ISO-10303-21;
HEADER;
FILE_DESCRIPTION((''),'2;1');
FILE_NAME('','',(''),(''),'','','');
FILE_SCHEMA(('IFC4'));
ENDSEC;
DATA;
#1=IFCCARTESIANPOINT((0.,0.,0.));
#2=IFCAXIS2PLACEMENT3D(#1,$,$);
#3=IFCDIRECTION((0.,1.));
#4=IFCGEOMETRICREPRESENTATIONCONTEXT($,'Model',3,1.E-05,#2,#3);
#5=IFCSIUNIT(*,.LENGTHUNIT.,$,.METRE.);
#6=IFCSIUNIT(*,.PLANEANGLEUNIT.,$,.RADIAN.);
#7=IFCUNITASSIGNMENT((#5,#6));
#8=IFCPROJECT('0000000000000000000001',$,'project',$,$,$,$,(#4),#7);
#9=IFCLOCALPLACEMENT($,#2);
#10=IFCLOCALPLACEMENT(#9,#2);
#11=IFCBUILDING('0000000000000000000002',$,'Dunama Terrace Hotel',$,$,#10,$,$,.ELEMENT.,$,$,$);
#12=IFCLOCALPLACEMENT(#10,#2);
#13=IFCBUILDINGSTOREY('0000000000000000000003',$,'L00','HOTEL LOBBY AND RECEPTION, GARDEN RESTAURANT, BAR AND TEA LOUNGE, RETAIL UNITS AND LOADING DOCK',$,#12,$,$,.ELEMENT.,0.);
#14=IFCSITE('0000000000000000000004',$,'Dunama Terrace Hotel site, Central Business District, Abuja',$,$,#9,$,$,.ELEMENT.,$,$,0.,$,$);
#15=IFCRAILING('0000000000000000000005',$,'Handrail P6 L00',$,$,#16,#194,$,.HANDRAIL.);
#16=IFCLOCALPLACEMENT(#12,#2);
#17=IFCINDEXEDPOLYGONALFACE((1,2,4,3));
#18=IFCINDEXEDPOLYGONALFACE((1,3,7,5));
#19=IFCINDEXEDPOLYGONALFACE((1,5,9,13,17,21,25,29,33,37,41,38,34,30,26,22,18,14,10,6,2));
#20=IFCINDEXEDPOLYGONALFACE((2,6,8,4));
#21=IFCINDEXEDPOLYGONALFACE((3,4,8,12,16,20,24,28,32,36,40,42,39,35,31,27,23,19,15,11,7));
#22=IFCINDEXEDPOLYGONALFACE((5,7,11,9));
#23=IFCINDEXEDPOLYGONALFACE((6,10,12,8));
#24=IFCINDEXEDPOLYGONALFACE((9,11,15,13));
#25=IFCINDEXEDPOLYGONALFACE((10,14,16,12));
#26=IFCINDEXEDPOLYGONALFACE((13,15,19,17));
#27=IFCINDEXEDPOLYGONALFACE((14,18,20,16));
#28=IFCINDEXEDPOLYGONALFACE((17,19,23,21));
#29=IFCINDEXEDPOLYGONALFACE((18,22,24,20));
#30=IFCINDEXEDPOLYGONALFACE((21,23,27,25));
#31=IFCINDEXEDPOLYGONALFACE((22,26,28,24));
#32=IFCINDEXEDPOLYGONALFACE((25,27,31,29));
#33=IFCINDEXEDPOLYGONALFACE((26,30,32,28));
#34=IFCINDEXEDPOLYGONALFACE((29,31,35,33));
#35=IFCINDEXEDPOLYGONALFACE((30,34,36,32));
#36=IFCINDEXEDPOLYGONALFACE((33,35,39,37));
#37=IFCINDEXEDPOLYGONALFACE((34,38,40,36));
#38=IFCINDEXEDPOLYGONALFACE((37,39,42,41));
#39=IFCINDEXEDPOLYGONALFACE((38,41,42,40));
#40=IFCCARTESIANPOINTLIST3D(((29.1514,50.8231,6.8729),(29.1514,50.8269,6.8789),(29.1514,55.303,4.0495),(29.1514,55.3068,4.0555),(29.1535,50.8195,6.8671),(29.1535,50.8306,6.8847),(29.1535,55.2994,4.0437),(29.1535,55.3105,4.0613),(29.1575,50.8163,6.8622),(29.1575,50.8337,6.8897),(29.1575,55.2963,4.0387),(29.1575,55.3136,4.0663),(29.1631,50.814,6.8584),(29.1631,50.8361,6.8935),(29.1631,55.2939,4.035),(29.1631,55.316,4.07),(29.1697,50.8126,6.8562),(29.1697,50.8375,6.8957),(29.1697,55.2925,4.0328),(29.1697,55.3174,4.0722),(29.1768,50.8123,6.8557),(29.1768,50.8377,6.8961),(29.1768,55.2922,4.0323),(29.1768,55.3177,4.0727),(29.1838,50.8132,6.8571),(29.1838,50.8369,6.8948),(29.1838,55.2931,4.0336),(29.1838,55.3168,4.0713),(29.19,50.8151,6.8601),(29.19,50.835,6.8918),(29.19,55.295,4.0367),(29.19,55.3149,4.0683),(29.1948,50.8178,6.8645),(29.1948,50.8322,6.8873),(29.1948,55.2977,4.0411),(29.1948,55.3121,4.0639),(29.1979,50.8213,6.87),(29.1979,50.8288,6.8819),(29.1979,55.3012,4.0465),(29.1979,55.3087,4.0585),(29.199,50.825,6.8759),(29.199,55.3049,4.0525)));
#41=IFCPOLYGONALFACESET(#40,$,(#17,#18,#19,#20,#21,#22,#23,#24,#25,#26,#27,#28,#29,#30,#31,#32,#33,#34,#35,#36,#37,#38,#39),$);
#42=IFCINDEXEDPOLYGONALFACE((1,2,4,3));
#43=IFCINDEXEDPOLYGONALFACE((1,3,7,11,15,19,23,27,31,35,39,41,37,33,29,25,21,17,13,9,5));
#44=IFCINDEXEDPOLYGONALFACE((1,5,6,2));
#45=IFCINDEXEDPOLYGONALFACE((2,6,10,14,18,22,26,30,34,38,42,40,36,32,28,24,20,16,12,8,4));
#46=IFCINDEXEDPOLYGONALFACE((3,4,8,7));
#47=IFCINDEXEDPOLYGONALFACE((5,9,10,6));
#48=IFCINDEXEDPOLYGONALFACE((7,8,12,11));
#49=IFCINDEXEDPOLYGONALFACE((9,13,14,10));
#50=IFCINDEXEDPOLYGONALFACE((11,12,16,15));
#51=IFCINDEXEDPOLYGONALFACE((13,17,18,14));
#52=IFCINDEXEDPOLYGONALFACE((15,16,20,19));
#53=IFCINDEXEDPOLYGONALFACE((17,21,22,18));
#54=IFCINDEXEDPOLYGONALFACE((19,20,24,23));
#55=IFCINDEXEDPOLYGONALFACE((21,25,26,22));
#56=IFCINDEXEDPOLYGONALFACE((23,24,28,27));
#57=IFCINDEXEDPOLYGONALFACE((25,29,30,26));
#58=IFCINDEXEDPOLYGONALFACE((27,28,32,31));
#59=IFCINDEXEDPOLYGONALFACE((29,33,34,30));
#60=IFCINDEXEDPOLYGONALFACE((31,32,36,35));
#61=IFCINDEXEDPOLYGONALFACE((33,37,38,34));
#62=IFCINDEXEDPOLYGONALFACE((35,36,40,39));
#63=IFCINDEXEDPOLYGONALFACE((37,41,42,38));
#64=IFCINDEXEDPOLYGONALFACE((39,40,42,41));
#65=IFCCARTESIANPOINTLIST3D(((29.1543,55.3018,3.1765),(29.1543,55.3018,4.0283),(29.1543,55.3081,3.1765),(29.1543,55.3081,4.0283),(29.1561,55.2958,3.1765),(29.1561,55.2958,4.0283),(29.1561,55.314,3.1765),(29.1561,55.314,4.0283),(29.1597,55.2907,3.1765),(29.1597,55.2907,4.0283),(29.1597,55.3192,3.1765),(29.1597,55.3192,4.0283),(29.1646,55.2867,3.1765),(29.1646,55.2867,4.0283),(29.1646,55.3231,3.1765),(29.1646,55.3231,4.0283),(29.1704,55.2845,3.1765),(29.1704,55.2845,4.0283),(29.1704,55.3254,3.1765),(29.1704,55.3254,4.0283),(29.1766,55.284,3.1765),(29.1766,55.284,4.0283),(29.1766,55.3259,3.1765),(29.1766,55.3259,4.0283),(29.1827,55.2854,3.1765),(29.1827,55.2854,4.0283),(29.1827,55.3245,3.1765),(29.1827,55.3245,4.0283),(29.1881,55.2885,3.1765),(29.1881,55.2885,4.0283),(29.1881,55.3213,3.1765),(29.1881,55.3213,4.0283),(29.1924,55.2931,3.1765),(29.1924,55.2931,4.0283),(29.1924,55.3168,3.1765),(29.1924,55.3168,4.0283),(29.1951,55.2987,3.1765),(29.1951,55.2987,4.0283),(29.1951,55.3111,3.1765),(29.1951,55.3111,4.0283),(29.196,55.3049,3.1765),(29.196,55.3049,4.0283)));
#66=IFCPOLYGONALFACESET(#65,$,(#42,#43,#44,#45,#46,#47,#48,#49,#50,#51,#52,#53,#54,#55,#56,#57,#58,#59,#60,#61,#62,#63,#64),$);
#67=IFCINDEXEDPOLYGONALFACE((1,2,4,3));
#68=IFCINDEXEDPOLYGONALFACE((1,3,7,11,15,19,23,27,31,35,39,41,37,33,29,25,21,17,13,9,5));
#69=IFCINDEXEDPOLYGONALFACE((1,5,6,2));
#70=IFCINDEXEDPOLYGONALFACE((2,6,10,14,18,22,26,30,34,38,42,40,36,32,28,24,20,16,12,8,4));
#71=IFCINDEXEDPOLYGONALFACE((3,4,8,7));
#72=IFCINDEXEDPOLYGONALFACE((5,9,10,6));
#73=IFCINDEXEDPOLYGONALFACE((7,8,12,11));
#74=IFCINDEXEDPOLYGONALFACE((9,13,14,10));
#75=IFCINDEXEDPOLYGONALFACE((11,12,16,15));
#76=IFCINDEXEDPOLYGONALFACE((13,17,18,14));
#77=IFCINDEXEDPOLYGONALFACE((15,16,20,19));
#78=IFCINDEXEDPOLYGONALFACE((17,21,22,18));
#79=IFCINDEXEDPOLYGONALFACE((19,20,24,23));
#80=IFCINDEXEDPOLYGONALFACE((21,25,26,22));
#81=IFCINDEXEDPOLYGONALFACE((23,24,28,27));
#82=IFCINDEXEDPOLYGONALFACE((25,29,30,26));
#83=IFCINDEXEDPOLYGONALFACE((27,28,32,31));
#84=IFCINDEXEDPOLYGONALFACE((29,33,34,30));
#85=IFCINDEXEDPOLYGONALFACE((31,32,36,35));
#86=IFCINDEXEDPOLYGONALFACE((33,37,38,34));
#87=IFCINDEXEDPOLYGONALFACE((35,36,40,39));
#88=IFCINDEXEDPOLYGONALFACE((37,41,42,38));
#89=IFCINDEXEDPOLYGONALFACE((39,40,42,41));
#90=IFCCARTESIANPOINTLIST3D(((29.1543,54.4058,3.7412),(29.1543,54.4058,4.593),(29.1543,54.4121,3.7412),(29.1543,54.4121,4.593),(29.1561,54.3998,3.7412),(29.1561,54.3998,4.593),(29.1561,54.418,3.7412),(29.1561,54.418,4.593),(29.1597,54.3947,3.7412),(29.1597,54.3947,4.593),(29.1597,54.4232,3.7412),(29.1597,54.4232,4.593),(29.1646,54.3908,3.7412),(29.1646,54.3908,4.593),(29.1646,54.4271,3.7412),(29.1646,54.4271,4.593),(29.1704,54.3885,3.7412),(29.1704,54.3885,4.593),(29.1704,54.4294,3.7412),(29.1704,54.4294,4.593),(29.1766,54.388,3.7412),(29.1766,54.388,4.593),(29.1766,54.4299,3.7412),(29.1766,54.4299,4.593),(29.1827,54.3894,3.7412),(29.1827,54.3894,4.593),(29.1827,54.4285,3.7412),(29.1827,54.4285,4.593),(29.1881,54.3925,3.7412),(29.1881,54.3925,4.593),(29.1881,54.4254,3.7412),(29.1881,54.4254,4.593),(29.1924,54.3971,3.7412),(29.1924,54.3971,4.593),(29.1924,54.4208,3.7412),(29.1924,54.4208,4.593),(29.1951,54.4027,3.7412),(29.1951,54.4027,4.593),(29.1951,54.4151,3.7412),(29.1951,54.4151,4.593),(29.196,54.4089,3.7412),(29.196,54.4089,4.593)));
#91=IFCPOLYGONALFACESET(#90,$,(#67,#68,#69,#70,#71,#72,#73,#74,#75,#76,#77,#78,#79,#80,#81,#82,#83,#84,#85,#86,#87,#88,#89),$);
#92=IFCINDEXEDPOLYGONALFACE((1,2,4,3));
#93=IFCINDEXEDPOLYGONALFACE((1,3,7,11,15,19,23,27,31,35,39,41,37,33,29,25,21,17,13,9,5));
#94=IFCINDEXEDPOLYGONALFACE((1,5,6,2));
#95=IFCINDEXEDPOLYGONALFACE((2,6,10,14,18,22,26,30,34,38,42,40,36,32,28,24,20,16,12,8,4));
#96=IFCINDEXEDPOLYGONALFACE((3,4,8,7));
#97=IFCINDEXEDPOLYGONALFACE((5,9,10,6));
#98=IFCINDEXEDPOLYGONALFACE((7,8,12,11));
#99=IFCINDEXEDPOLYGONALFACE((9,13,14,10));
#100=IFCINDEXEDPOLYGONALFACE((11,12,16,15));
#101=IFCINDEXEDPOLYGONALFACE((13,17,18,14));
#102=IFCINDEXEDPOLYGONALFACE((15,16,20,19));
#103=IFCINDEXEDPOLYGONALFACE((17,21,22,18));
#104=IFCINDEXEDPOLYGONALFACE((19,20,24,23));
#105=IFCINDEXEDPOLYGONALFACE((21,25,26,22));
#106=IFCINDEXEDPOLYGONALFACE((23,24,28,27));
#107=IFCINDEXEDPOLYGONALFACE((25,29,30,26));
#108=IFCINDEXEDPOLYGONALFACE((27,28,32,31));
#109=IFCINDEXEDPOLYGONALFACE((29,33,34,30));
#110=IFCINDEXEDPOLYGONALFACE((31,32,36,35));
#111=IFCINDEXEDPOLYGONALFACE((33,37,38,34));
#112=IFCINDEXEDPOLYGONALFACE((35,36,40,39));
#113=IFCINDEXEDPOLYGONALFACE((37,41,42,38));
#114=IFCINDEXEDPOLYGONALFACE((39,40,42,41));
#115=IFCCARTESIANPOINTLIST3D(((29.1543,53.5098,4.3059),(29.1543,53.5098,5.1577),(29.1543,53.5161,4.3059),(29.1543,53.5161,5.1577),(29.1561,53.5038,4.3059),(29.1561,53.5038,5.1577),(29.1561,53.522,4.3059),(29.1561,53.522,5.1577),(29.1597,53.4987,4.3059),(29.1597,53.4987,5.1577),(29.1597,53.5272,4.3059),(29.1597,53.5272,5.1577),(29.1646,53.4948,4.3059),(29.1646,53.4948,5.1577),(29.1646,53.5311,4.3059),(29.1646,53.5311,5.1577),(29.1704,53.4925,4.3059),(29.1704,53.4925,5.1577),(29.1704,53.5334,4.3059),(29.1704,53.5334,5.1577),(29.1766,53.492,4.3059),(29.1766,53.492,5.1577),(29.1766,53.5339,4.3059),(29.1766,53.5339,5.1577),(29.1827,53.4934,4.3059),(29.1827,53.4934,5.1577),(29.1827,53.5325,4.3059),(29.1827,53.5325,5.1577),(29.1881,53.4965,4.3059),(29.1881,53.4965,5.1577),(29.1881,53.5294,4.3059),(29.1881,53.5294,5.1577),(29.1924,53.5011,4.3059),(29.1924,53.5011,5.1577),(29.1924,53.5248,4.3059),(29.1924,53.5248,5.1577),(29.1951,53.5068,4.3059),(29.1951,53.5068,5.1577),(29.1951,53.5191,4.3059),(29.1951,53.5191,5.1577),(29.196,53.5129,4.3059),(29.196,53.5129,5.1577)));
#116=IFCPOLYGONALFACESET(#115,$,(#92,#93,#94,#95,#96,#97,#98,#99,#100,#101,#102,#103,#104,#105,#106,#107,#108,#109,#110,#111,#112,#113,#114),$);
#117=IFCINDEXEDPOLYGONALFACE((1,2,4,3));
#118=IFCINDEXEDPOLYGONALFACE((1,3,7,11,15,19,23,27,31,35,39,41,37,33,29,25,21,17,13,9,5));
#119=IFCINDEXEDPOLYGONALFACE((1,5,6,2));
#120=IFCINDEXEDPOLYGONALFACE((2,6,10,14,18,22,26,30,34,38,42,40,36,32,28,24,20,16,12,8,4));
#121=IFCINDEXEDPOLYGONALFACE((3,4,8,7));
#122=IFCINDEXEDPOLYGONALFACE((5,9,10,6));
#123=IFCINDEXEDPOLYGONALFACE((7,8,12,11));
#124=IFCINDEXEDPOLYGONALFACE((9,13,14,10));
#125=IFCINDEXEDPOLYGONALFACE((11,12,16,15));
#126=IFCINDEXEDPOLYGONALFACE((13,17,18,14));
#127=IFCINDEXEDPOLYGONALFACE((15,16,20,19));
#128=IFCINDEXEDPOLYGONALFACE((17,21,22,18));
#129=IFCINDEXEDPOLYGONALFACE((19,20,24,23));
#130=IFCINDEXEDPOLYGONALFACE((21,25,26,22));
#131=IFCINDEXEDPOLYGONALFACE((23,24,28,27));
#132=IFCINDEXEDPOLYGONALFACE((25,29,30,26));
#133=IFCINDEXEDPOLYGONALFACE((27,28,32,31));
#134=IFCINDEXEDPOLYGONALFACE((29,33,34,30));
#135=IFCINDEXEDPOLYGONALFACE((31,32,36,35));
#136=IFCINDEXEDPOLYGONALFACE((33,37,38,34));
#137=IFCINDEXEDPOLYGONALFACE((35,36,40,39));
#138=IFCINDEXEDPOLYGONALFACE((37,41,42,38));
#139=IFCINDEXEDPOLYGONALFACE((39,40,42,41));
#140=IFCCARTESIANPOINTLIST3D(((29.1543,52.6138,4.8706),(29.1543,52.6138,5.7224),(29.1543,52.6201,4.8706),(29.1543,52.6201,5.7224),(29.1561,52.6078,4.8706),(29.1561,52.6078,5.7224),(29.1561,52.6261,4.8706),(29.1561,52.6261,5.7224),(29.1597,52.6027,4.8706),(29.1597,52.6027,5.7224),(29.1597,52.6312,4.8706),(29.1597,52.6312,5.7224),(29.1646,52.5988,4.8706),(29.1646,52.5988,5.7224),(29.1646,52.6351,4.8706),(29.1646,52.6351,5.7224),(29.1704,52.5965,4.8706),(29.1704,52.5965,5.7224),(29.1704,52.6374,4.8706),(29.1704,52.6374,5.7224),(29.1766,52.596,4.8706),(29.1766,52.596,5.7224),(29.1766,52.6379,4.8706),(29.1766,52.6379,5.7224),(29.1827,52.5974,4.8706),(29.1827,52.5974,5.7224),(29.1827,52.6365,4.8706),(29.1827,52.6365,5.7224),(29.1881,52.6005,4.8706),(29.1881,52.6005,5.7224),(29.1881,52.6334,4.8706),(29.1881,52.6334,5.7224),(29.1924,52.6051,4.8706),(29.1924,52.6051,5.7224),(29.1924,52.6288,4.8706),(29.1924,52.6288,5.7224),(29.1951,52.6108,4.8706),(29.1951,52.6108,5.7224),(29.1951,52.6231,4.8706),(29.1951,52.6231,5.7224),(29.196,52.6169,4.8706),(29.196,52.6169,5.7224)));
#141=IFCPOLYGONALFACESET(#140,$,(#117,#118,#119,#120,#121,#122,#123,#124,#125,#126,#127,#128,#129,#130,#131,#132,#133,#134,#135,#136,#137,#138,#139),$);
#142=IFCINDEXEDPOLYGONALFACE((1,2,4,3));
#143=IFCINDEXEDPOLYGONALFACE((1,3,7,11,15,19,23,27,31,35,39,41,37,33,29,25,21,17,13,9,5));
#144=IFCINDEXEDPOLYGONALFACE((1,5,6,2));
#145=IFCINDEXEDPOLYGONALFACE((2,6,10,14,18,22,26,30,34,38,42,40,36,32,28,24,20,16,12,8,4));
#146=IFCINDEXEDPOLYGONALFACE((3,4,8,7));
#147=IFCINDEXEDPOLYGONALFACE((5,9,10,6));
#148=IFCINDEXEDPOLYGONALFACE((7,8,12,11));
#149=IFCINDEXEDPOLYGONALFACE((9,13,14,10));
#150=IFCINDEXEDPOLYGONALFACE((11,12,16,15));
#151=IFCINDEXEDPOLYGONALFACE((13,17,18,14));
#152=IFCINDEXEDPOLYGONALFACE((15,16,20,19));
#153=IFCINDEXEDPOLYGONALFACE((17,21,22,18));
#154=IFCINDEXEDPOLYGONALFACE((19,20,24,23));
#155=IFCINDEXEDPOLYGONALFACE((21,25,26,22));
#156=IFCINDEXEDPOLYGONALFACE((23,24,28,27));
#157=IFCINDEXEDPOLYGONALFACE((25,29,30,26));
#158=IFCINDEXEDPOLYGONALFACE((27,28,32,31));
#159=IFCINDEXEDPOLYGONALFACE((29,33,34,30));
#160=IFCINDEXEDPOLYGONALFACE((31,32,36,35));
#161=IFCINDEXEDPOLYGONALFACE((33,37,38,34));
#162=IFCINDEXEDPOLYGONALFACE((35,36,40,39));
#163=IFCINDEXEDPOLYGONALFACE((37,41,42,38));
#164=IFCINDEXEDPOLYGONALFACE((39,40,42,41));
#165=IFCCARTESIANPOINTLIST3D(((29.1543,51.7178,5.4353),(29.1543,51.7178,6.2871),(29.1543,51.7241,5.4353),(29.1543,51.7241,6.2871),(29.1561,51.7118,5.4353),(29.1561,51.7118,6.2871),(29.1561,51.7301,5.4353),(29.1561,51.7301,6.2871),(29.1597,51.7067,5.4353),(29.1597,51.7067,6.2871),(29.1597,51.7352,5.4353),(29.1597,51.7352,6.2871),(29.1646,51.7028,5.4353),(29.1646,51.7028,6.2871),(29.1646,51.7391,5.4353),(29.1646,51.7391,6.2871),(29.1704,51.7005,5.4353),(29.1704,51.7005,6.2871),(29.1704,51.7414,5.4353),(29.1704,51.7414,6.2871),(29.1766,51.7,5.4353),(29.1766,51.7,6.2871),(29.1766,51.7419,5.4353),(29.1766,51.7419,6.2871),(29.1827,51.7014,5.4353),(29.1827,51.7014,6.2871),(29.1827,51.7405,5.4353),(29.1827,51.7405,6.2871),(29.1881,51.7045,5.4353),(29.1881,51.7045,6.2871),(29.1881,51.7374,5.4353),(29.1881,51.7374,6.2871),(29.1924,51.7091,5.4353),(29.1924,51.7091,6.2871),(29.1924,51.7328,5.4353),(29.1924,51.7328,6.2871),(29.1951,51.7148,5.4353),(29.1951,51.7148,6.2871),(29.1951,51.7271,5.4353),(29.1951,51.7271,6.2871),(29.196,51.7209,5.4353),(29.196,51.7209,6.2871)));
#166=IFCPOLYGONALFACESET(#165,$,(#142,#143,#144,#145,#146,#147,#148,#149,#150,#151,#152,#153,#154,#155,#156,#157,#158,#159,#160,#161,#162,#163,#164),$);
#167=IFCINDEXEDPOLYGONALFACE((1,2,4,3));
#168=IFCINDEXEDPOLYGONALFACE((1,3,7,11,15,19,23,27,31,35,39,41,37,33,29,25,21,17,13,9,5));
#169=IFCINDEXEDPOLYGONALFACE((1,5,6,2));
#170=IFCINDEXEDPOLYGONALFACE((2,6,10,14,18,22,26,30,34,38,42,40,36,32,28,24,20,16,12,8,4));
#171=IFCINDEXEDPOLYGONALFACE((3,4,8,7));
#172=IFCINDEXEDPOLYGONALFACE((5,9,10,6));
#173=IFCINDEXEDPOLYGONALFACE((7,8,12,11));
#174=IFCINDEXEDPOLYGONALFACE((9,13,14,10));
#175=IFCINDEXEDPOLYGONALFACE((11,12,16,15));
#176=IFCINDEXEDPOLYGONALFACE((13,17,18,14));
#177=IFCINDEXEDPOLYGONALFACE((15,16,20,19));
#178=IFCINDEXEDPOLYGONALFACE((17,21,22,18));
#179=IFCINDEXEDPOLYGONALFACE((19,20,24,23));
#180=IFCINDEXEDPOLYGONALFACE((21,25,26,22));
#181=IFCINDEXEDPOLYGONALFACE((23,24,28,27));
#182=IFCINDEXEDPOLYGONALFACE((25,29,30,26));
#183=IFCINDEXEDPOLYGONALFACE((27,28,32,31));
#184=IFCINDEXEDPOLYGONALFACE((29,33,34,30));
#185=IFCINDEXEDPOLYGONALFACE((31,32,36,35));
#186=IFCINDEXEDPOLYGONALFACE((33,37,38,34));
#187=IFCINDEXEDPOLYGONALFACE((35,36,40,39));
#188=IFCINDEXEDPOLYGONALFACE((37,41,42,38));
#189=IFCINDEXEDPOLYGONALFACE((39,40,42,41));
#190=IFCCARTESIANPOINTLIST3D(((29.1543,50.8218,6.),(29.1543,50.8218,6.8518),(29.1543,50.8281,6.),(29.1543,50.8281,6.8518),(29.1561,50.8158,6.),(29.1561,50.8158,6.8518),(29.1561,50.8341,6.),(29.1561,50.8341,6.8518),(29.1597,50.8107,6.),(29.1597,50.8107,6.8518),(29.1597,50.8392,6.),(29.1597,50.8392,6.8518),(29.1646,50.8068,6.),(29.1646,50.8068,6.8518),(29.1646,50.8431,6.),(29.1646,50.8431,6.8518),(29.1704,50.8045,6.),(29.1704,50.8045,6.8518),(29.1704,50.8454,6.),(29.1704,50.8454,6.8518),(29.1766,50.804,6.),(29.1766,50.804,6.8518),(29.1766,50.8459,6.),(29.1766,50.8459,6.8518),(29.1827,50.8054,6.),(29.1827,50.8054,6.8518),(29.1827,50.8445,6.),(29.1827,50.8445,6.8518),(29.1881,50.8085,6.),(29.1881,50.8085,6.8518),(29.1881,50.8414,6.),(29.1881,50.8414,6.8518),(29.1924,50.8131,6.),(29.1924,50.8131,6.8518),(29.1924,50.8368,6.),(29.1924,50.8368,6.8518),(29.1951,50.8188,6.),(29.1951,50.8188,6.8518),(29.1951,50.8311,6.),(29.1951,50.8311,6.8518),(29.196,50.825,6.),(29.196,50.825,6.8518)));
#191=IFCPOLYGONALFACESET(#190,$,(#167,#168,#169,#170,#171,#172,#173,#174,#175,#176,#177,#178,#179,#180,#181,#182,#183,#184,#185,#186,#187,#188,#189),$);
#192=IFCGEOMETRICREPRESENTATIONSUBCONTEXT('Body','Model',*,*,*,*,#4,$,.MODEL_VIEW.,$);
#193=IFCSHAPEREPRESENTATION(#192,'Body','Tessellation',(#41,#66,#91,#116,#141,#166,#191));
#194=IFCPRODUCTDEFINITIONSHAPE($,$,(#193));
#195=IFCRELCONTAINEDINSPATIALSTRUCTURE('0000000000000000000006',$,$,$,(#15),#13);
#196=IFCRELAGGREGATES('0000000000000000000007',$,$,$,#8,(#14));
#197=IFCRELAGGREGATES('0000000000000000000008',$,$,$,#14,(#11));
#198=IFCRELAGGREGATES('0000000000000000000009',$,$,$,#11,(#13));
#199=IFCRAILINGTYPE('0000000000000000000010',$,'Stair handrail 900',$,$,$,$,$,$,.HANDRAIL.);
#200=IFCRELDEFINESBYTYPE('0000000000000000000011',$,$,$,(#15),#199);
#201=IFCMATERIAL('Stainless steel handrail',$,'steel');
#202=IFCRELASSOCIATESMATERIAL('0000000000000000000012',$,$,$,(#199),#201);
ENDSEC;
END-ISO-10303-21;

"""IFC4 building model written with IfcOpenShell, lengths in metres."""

from ifc_helpers import new_model, si_unit, direction, frame, origin, origin_2d, place, context, subcontext, project, spatial, circle, extrude, material, type_object, element, save


model = new_model("IFC4")

# Units and contexts
model_context = context("Model", 3, precision=1e-05, world=origin(), true_north=direction((0.0, 1.0)))
body_context = subcontext(model_context, "Body", "Model", "MODEL_VIEW")
ifc_project = project(units=[si_unit("LENGTHUNIT", "METRE"), si_unit("PLANEANGLEUNIT", "RADIAN")], contexts=[model_context])

# Site, building, storey
site_placement = place(None, origin())
site = spatial("IfcSite", under=ifc_project, at=site_placement, Name="Dunama Terrace Hotel site, Central Business District, Abuja", CompositionType="ELEMENT", RefElevation=0.0)
building_placement = place(site_placement, origin())
building = spatial("IfcBuilding", under=site, at=building_placement, Name="Dunama Terrace Hotel", CompositionType="ELEMENT")
storey_placement = place(building_placement, origin())
storey = spatial("IfcBuildingStorey", under=building, at=storey_placement, Name="L00", Description="HOTEL LOBBY AND RECEPTION, GARDEN RESTAURANT, BAR AND TEA LOUNGE, RETAIL UNITS AND LOADING DOCK", CompositionType="ELEMENT", Elevation=0.0)

# Railing
ifc_material_1 = material(Name="Stainless steel handrail", Category="steel")
railing_type = type_object("IfcRailingType", Name="Stair handrail 900", PredefinedType="HANDRAIL", material=ifc_material_1)
railing_1_placement = place(storey_placement, frame((29.175, 55.3049, 3.1765)))
element("IfcRailing", 1, at=railing_1_placement, inside=storey, type_object=railing_type, Name="Handrail P6 L00", PredefinedType="HANDRAIL", context=body_context, shape_type="SweptSolid", body=[
    extrude(circle(Radius=0.0239, at=origin_2d()), frame((0.0, 0.0, 0.876), z_axis=(0.0, -0.845998, 0.533186), x_axis=(1.0, 0.0, 0.0)), (0.0, 0.0, 1.0), 5.2954),
    extrude(circle(Radius=0.021, at=origin_2d()), origin(), (0.0, 0.0, 1.0), 0.8518),
    extrude(circle(Radius=0.021, at=origin_2d()), frame((0.0, -0.896, 0.5647)), (0.0, 0.0, 1.0), 0.8518),
    extrude(circle(Radius=0.021, at=origin_2d()), frame((0.0, -1.792, 1.1294)), (0.0, 0.0, 1.0), 0.8518),
    extrude(circle(Radius=0.021, at=origin_2d()), frame((0.0, -2.688, 1.6941)), (0.0, 0.0, 1.0), 0.8518),
    extrude(circle(Radius=0.021, at=origin_2d()), frame((0.0, -3.584, 2.2588)), (0.0, 0.0, 1.0), 0.8518),
    extrude(circle(Radius=0.021, at=origin_2d()), frame((0.0, -4.48, 2.8235)), (0.0, 0.0, 1.0), 0.8518),
])

save(model, "model.ifc")
